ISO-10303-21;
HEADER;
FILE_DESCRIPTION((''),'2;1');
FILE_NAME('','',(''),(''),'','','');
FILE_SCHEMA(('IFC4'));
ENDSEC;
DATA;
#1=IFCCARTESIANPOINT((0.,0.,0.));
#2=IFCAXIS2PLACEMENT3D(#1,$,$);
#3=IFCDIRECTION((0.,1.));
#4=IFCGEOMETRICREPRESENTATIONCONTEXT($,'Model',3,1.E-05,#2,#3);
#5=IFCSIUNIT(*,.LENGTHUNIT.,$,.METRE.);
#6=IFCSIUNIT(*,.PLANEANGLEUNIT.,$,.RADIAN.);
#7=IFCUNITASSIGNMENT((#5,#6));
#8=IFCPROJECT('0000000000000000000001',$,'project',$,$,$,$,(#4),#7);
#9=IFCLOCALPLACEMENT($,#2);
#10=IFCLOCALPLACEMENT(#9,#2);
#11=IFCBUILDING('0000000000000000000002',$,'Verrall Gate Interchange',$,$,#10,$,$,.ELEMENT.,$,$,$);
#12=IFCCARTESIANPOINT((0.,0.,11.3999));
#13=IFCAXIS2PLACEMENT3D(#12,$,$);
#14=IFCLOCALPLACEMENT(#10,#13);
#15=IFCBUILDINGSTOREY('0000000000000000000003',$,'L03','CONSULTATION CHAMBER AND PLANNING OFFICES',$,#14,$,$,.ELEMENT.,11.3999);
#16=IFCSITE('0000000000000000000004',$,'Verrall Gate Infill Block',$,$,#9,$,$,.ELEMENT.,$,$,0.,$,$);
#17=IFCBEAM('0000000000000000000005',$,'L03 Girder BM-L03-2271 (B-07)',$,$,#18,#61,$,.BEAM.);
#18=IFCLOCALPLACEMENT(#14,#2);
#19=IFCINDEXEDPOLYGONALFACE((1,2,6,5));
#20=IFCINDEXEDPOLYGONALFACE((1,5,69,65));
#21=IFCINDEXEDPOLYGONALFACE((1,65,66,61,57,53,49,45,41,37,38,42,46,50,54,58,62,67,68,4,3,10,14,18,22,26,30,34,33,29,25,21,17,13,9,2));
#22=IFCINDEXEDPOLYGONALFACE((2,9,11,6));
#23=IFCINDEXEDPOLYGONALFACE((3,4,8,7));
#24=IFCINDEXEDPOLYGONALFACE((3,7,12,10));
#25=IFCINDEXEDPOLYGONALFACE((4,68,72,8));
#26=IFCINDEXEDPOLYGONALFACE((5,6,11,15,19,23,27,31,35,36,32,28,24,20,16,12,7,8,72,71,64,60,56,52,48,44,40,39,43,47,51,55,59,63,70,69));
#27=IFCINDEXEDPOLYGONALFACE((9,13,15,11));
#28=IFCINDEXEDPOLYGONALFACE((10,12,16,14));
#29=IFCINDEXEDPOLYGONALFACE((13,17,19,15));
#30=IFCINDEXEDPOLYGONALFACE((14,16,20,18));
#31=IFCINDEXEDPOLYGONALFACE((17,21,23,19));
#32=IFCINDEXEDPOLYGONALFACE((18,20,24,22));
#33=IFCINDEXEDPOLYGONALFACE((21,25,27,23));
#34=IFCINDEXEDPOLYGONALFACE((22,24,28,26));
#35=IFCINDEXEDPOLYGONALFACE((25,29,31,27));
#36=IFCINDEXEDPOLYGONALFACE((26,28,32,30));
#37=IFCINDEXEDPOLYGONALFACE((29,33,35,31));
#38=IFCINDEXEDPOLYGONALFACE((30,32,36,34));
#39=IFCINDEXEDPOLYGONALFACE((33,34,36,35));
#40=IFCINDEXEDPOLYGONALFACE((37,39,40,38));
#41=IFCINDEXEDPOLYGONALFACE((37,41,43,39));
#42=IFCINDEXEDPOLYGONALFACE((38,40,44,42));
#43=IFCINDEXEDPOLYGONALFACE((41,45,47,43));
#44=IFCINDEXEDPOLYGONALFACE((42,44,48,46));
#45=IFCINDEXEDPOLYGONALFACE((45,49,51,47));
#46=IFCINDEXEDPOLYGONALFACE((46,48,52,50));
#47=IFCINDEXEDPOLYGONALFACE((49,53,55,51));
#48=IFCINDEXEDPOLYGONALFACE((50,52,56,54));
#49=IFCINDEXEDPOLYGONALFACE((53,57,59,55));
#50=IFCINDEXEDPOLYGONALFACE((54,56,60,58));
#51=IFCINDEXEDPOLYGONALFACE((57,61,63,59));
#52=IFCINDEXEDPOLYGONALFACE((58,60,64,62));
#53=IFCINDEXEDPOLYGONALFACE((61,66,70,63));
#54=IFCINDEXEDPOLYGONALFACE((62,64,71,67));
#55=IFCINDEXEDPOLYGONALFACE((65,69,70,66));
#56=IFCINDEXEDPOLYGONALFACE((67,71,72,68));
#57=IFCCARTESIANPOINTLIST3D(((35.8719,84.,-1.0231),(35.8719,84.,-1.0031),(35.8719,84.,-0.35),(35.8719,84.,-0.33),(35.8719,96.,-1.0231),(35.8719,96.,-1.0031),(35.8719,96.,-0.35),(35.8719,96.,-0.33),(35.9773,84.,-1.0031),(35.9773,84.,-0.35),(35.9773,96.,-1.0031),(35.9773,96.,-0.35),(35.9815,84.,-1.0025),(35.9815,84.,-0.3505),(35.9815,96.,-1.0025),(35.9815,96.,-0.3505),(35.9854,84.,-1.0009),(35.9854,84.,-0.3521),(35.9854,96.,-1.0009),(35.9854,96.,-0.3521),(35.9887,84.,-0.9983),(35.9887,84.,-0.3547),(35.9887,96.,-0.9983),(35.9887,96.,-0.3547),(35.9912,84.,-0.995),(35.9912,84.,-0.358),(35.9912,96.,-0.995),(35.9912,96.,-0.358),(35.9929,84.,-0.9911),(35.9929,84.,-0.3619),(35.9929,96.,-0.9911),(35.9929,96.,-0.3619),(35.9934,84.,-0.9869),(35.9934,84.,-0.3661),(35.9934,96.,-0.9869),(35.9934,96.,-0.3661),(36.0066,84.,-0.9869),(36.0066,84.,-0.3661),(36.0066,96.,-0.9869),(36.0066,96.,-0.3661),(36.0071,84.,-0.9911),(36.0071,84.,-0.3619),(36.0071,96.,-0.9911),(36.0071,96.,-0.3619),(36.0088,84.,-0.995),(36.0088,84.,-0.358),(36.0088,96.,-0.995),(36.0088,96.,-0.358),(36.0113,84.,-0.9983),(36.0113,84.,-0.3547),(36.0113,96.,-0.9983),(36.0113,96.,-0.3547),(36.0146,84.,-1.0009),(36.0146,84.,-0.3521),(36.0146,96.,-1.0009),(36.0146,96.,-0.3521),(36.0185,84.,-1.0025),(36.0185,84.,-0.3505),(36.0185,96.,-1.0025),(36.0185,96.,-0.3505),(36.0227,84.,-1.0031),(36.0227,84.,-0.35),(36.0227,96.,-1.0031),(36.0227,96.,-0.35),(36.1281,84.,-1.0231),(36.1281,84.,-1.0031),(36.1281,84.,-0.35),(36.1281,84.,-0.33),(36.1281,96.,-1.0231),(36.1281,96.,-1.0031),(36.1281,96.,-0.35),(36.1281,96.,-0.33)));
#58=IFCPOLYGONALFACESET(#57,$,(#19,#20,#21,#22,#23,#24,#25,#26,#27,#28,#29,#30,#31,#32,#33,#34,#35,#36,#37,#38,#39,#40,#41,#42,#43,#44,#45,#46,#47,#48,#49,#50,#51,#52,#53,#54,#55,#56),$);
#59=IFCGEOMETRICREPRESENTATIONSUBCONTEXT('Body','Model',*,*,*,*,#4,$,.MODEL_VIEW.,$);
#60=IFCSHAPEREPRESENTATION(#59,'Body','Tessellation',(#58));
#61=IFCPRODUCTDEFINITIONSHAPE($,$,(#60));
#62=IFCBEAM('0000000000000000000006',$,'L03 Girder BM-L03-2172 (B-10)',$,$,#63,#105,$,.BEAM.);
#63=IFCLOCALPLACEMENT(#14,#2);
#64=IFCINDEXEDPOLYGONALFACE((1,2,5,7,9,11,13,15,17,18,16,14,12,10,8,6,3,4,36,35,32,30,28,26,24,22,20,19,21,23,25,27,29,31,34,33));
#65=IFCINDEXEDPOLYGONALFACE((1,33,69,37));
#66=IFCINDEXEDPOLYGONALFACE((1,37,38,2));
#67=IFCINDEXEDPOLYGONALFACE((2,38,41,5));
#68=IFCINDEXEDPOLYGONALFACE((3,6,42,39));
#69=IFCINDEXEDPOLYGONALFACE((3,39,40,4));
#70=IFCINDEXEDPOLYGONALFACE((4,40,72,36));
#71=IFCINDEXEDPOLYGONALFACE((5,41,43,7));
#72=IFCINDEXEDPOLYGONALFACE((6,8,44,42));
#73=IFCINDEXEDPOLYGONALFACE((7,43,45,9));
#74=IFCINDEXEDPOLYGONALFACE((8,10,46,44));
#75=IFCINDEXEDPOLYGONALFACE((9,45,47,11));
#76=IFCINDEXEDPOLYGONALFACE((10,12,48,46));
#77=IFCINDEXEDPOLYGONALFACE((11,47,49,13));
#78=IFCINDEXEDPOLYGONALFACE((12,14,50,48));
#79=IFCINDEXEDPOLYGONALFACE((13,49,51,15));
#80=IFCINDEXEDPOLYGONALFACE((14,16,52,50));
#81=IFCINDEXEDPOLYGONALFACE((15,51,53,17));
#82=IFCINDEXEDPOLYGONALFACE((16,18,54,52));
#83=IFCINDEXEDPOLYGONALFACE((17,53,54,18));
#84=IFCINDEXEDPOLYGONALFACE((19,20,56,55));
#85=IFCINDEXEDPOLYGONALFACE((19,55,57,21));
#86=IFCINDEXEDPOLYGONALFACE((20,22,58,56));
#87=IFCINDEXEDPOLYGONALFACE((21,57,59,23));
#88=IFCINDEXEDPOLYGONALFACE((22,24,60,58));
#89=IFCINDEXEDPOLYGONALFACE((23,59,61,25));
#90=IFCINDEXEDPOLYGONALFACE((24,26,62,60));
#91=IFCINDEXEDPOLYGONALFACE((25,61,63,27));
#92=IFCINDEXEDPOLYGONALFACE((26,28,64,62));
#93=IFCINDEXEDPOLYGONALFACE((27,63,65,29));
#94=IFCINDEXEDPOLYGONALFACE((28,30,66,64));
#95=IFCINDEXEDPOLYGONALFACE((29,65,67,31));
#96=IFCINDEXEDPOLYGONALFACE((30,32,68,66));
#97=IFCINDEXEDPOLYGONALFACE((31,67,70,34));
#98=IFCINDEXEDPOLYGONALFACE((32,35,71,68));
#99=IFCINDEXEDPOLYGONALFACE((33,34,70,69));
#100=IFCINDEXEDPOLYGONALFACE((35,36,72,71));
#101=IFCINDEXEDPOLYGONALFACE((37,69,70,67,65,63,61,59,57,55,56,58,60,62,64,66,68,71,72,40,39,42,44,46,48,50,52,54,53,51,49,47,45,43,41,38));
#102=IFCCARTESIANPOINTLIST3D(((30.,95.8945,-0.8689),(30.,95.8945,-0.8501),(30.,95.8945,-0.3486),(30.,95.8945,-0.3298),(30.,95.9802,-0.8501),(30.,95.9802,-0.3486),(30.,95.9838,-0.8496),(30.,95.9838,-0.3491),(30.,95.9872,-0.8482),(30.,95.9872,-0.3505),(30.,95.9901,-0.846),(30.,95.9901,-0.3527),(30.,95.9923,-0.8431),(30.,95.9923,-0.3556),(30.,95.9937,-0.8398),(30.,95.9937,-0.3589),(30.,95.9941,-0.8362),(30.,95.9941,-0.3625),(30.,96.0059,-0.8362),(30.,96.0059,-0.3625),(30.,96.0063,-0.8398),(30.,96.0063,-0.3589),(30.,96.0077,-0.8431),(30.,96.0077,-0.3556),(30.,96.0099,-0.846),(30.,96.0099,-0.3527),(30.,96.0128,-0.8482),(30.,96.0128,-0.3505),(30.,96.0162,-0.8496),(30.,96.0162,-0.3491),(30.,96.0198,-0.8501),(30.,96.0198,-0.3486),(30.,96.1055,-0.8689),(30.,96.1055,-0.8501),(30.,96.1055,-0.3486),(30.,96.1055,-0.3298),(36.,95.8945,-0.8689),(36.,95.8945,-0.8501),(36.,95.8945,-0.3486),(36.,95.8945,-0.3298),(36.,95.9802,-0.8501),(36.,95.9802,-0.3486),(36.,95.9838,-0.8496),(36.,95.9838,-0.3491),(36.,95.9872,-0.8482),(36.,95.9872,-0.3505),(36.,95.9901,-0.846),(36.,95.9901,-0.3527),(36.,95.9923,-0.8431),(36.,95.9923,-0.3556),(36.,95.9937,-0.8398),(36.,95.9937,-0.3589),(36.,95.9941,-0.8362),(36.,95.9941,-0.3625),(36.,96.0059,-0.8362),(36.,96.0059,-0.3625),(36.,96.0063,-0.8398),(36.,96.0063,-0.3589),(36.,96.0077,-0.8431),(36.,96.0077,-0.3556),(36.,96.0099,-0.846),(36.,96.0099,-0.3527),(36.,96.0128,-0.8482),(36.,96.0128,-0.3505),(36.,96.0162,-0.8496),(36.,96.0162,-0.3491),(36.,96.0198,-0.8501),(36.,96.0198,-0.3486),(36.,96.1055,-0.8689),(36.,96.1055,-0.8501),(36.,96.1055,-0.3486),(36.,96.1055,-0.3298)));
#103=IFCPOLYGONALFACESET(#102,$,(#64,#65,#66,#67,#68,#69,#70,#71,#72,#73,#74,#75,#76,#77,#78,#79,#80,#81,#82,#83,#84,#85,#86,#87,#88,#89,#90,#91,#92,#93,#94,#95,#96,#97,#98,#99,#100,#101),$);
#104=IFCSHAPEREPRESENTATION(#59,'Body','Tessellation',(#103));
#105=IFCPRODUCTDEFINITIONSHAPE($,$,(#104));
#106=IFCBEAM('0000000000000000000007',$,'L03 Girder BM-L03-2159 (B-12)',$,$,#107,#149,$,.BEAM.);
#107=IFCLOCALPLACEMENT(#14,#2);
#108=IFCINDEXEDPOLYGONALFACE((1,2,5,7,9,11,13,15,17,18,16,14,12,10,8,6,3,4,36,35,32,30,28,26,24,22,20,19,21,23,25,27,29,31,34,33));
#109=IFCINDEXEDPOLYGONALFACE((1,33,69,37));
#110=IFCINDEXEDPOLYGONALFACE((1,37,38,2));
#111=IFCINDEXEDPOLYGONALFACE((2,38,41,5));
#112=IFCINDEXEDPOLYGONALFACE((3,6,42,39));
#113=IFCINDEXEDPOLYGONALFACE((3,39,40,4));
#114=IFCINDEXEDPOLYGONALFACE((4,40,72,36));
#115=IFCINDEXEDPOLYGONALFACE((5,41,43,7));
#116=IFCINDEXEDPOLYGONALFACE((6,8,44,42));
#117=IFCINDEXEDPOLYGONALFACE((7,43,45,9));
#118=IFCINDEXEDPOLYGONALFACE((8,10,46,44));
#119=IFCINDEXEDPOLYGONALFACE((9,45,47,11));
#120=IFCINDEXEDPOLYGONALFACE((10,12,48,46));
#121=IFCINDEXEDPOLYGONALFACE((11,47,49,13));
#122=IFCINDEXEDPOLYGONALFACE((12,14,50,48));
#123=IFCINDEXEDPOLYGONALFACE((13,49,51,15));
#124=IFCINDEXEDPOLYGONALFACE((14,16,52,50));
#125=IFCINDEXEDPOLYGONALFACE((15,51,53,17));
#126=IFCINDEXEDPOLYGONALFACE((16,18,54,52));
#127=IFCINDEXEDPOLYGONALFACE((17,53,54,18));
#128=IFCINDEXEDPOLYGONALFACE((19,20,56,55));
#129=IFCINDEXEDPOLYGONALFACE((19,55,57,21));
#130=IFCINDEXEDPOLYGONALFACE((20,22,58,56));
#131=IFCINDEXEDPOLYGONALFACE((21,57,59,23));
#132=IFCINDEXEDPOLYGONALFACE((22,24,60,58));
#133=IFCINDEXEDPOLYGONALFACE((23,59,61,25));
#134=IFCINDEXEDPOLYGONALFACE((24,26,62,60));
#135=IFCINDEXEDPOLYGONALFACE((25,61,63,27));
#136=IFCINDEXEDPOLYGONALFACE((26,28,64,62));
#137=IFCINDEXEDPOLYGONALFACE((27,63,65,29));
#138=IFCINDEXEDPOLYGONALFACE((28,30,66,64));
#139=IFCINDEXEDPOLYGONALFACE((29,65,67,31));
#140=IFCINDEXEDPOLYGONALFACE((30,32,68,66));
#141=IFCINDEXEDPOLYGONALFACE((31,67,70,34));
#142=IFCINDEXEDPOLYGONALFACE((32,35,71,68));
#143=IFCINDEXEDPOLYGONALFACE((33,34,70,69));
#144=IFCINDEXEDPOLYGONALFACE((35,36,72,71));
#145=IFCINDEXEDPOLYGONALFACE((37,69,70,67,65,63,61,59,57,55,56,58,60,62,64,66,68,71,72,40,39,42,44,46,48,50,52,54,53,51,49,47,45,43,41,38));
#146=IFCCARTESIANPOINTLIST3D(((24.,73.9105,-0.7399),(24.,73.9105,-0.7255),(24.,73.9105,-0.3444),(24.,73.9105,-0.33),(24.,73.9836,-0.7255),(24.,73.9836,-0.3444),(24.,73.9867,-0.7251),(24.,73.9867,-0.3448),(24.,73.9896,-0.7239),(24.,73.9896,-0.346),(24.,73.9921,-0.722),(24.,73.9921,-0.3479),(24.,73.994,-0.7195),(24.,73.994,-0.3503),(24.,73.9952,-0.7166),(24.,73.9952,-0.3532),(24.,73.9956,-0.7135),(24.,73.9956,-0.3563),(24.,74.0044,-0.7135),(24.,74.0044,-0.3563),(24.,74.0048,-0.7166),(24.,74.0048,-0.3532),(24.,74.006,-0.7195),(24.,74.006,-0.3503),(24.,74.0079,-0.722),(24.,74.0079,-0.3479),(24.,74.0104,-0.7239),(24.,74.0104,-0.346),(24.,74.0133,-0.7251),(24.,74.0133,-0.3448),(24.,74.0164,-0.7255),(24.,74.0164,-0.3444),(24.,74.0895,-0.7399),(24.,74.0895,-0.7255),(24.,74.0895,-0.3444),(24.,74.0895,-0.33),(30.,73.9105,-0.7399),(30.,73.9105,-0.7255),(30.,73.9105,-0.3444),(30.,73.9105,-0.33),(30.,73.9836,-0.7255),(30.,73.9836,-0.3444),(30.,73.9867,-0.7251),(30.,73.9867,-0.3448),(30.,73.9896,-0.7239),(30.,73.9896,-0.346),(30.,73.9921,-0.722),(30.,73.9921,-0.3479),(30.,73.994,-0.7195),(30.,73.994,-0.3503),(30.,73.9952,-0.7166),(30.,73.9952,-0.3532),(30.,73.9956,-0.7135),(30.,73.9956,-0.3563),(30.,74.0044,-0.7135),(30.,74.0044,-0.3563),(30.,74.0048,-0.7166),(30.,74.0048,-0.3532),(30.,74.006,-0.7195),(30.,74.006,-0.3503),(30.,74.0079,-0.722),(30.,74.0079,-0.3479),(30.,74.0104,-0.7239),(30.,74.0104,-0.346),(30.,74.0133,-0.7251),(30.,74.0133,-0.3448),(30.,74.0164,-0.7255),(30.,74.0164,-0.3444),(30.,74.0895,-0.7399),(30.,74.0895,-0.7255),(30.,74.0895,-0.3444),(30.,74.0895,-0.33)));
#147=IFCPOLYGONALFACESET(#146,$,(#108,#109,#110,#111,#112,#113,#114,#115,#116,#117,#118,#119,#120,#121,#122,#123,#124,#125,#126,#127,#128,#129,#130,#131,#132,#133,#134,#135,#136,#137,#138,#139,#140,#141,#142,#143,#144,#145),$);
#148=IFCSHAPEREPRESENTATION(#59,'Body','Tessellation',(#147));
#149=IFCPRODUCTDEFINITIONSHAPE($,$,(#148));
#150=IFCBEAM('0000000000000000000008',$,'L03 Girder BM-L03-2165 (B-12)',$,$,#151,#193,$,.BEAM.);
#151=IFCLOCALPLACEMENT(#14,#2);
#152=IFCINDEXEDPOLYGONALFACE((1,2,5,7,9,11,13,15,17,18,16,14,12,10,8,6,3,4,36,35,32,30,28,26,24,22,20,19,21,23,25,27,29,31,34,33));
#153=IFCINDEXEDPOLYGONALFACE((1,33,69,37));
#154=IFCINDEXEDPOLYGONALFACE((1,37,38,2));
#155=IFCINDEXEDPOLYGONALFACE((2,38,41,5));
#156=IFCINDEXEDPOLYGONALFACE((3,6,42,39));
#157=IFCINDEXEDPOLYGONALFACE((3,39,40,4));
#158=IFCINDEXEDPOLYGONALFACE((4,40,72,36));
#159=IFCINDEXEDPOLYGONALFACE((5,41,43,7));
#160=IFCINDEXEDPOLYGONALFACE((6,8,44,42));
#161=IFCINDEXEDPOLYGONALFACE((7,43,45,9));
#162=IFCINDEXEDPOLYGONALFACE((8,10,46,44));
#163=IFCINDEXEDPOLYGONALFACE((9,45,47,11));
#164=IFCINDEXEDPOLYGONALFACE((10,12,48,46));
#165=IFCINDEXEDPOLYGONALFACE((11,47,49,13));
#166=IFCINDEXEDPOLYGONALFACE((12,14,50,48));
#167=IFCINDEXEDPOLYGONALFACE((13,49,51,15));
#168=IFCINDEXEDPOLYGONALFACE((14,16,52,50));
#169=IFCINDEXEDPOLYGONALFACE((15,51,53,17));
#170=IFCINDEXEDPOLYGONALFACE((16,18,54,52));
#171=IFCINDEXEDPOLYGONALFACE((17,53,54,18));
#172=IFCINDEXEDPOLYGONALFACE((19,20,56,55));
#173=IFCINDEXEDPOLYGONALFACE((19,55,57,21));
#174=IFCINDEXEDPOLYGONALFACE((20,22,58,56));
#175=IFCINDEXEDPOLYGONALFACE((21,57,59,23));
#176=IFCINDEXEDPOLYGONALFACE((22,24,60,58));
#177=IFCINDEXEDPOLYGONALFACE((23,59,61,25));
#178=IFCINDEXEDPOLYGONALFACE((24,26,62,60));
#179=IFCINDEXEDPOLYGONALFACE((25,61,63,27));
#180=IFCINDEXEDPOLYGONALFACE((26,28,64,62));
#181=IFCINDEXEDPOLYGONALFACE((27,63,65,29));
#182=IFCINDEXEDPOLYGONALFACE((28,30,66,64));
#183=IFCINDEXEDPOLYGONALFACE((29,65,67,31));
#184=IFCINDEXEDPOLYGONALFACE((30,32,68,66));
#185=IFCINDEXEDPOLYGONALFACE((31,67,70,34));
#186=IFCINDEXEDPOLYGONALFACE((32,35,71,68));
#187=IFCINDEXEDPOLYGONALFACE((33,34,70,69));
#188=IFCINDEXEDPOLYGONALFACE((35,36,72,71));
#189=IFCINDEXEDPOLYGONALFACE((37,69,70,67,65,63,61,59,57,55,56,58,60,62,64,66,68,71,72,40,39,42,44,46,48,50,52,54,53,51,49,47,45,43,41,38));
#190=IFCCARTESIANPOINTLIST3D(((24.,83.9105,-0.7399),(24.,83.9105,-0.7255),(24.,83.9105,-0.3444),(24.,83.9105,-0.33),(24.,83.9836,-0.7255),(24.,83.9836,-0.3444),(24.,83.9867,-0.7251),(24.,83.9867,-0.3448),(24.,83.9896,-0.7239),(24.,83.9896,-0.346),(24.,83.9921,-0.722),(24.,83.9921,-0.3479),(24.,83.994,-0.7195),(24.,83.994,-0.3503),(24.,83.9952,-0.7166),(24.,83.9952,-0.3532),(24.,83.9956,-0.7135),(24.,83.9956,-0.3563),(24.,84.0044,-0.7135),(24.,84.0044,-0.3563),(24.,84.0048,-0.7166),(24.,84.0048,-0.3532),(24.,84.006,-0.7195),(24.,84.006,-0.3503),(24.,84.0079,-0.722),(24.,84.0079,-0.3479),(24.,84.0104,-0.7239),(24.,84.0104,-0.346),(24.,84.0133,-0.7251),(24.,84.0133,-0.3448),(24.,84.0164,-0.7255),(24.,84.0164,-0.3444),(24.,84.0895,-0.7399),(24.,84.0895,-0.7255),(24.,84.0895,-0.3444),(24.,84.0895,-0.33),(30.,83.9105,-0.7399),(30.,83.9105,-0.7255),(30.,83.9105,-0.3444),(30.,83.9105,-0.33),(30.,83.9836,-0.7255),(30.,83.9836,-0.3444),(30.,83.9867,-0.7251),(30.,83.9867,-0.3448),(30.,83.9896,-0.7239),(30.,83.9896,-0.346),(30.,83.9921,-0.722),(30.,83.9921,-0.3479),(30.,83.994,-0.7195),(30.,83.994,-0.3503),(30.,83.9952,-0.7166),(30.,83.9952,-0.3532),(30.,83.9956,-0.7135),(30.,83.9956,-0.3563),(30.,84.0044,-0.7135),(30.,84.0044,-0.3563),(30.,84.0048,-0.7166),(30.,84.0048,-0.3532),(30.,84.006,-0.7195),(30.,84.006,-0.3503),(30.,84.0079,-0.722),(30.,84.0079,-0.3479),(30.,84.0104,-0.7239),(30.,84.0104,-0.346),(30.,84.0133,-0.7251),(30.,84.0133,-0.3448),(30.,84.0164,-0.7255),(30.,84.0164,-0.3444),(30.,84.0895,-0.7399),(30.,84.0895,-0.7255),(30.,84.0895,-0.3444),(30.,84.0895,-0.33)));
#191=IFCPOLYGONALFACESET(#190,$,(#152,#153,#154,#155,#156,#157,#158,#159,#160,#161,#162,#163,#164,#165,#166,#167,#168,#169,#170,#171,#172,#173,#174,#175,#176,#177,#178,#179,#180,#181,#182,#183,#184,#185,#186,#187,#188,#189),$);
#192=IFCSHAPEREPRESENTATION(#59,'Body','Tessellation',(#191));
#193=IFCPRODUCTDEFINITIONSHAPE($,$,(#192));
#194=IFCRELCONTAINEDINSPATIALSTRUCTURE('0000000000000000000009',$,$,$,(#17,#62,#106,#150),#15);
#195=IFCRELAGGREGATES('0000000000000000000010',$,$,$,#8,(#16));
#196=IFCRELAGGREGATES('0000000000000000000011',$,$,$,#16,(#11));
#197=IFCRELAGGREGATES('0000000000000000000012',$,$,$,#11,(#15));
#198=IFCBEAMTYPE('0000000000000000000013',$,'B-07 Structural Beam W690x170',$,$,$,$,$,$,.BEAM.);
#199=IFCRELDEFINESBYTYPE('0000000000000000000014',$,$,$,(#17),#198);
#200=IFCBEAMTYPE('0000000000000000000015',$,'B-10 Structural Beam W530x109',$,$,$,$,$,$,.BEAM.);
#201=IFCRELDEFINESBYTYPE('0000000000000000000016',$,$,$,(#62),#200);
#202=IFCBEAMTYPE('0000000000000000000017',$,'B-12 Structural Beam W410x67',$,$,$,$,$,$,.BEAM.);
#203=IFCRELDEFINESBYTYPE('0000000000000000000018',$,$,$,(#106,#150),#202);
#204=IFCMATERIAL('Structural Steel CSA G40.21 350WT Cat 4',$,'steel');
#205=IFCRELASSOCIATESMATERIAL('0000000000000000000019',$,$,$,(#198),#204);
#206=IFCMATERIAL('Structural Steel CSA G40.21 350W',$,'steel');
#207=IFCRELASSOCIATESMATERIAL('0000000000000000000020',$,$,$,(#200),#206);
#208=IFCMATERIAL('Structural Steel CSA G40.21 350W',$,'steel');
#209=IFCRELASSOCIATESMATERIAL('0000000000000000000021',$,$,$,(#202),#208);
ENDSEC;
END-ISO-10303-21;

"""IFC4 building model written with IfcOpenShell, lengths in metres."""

from ifc_helpers import new_model, si_unit, direction, frame, origin, origin_2d, place, context, subcontext, project, spatial, i_section, extrude, material, material_profile, profile_set, type_object, element, save


model = new_model("IFC4")

# Units and contexts
model_context = context("Model", 3, precision=1e-05, world=origin(), true_north=direction((0.0, 1.0)))
body_context = subcontext(model_context, "Body", "Model", "MODEL_VIEW")
ifc_project = project(units=[si_unit("LENGTHUNIT", "METRE"), si_unit("PLANEANGLEUNIT", "RADIAN")], contexts=[model_context])

# Site, building, storey
site_placement = place(None, origin())
site = spatial("IfcSite", under=ifc_project, at=site_placement, Name="Verrall Gate Infill Block", CompositionType="ELEMENT", RefElevation=0.0)
building_placement = place(site_placement, origin())
building = spatial("IfcBuilding", under=site, at=building_placement, Name="Verrall Gate Interchange", CompositionType="ELEMENT")
storey_placement = place(building_placement, frame((0.0, 0.0, 11.3999)))
storey = spatial("IfcBuildingStorey", under=building, at=storey_placement, Name="L03", Description="CONSULTATION CHAMBER AND PLANNING OFFICES", CompositionType="ELEMENT", Elevation=11.3999)

# Beams
ifc_material_1 = material(Name="Structural Steel CSA G40.21 350WT Cat 4", Category="steel")
ifc_material_profile_1 = material_profile(ifc_material_1, i_section(OverallWidth=0.2561, OverallDepth=0.6931, WebThickness=0.0132, FlangeThickness=0.02, FilletRadius=0.0161, at=origin_2d()), Name="W690x170")
ifc_profile_set_1 = profile_set([ifc_material_profile_1], Name="Structural Steel CSA G40.21 350WT Cat 4")
beam_type_1 = type_object("IfcBeamType", Name="B-07 Structural Beam W690x170", PredefinedType="BEAM", material=ifc_profile_set_1)
beam_1_placement = place(storey_placement, frame((36.0, 84.0, -0.6765), z_axis=(0.0, 1.0, 0.0), x_axis=(-1.0, 0.0, 0.0)))
element("IfcBeam", 1, at=beam_1_placement, inside=storey, type_object=beam_type_1, Name="L03 Girder BM-L03-2271 (B-07)", PredefinedType="BEAM", context=body_context, shape_type="SweptSolid", body=[
    extrude(i_section(OverallWidth=0.2561, OverallDepth=0.6931, WebThickness=0.0132, FlangeThickness=0.02, FilletRadius=0.0161, at=origin_2d()), origin(), (0.0, 0.0, 1.0), 12.0),
])
ifc_material_2 = material(Name="Structural Steel CSA G40.21 350W", Category="steel")
ifc_material_profile_2 = material_profile(ifc_material_2, i_section(OverallWidth=0.2109, OverallDepth=0.5391, WebThickness=0.0117, FlangeThickness=0.0188, FilletRadius=0.0139, at=origin_2d()), Name="W530x109")
ifc_profile_set_2 = profile_set([ifc_material_profile_2], Name="Structural Steel CSA G40.21 350W")
beam_type_2 = type_object("IfcBeamType", Name="B-10 Structural Beam W530x109", PredefinedType="BEAM", material=ifc_profile_set_2)
beam_2_placement = place(storey_placement, frame((30.0, 96.0, -0.5994), z_axis=(1.0, 0.0, 0.0), x_axis=(0.0, 1.0, 0.0)))
element("IfcBeam", 2, at=beam_2_placement, inside=storey, type_object=beam_type_2, Name="L03 Girder BM-L03-2172 (B-10)", PredefinedType="BEAM", context=body_context, shape_type="SweptSolid", body=[
    extrude(i_section(OverallWidth=0.2109, OverallDepth=0.5391, WebThickness=0.0117, FlangeThickness=0.0188, FilletRadius=0.0139, at=origin_2d()), origin(), (0.0, 0.0, 1.0), 6.0),
])
ifc_material_3 = material(Name="Structural Steel CSA G40.21 350W", Category="steel")
ifc_material_profile_3 = material_profile(ifc_material_3, i_section(OverallWidth=0.179, OverallDepth=0.4099, WebThickness=0.0088, FlangeThickness=0.0144, FilletRadius=0.012, at=origin_2d()), Name="W410x67")
ifc_profile_set_3 = profile_set([ifc_material_profile_3], Name="Structural Steel CSA G40.21 350W")
beam_type_3 = type_object("IfcBeamType", Name="B-12 Structural Beam W410x67", PredefinedType="BEAM", material=ifc_profile_set_3)
for number, where, z_axis, x_axis, name in (
    (3, (24.0, 74.0, -0.5349), (1.0, 0.0, 0.0), (0.0, 1.0, 0.0), "L03 Girder BM-L03-2159 (B-12)"),
    (4, (24.0, 84.0, -0.5349), (1.0, 0.0, 0.0), (0.0, 1.0, 0.0), "L03 Girder BM-L03-2165 (B-12)"),
):
    element("IfcBeam", number, at=place(storey_placement, frame(where, z_axis=z_axis, x_axis=x_axis)), inside=storey, type_object=beam_type_3, Name=name, PredefinedType="BEAM", context=body_context, shape_type="SweptSolid", body=[
        extrude(i_section(OverallWidth=0.179, OverallDepth=0.4099, WebThickness=0.0088, FlangeThickness=0.0144, FilletRadius=0.012, at=origin_2d()), origin(), (0.0, 0.0, 1.0), 6.0),
    ])

save(model, "model.ifc")
